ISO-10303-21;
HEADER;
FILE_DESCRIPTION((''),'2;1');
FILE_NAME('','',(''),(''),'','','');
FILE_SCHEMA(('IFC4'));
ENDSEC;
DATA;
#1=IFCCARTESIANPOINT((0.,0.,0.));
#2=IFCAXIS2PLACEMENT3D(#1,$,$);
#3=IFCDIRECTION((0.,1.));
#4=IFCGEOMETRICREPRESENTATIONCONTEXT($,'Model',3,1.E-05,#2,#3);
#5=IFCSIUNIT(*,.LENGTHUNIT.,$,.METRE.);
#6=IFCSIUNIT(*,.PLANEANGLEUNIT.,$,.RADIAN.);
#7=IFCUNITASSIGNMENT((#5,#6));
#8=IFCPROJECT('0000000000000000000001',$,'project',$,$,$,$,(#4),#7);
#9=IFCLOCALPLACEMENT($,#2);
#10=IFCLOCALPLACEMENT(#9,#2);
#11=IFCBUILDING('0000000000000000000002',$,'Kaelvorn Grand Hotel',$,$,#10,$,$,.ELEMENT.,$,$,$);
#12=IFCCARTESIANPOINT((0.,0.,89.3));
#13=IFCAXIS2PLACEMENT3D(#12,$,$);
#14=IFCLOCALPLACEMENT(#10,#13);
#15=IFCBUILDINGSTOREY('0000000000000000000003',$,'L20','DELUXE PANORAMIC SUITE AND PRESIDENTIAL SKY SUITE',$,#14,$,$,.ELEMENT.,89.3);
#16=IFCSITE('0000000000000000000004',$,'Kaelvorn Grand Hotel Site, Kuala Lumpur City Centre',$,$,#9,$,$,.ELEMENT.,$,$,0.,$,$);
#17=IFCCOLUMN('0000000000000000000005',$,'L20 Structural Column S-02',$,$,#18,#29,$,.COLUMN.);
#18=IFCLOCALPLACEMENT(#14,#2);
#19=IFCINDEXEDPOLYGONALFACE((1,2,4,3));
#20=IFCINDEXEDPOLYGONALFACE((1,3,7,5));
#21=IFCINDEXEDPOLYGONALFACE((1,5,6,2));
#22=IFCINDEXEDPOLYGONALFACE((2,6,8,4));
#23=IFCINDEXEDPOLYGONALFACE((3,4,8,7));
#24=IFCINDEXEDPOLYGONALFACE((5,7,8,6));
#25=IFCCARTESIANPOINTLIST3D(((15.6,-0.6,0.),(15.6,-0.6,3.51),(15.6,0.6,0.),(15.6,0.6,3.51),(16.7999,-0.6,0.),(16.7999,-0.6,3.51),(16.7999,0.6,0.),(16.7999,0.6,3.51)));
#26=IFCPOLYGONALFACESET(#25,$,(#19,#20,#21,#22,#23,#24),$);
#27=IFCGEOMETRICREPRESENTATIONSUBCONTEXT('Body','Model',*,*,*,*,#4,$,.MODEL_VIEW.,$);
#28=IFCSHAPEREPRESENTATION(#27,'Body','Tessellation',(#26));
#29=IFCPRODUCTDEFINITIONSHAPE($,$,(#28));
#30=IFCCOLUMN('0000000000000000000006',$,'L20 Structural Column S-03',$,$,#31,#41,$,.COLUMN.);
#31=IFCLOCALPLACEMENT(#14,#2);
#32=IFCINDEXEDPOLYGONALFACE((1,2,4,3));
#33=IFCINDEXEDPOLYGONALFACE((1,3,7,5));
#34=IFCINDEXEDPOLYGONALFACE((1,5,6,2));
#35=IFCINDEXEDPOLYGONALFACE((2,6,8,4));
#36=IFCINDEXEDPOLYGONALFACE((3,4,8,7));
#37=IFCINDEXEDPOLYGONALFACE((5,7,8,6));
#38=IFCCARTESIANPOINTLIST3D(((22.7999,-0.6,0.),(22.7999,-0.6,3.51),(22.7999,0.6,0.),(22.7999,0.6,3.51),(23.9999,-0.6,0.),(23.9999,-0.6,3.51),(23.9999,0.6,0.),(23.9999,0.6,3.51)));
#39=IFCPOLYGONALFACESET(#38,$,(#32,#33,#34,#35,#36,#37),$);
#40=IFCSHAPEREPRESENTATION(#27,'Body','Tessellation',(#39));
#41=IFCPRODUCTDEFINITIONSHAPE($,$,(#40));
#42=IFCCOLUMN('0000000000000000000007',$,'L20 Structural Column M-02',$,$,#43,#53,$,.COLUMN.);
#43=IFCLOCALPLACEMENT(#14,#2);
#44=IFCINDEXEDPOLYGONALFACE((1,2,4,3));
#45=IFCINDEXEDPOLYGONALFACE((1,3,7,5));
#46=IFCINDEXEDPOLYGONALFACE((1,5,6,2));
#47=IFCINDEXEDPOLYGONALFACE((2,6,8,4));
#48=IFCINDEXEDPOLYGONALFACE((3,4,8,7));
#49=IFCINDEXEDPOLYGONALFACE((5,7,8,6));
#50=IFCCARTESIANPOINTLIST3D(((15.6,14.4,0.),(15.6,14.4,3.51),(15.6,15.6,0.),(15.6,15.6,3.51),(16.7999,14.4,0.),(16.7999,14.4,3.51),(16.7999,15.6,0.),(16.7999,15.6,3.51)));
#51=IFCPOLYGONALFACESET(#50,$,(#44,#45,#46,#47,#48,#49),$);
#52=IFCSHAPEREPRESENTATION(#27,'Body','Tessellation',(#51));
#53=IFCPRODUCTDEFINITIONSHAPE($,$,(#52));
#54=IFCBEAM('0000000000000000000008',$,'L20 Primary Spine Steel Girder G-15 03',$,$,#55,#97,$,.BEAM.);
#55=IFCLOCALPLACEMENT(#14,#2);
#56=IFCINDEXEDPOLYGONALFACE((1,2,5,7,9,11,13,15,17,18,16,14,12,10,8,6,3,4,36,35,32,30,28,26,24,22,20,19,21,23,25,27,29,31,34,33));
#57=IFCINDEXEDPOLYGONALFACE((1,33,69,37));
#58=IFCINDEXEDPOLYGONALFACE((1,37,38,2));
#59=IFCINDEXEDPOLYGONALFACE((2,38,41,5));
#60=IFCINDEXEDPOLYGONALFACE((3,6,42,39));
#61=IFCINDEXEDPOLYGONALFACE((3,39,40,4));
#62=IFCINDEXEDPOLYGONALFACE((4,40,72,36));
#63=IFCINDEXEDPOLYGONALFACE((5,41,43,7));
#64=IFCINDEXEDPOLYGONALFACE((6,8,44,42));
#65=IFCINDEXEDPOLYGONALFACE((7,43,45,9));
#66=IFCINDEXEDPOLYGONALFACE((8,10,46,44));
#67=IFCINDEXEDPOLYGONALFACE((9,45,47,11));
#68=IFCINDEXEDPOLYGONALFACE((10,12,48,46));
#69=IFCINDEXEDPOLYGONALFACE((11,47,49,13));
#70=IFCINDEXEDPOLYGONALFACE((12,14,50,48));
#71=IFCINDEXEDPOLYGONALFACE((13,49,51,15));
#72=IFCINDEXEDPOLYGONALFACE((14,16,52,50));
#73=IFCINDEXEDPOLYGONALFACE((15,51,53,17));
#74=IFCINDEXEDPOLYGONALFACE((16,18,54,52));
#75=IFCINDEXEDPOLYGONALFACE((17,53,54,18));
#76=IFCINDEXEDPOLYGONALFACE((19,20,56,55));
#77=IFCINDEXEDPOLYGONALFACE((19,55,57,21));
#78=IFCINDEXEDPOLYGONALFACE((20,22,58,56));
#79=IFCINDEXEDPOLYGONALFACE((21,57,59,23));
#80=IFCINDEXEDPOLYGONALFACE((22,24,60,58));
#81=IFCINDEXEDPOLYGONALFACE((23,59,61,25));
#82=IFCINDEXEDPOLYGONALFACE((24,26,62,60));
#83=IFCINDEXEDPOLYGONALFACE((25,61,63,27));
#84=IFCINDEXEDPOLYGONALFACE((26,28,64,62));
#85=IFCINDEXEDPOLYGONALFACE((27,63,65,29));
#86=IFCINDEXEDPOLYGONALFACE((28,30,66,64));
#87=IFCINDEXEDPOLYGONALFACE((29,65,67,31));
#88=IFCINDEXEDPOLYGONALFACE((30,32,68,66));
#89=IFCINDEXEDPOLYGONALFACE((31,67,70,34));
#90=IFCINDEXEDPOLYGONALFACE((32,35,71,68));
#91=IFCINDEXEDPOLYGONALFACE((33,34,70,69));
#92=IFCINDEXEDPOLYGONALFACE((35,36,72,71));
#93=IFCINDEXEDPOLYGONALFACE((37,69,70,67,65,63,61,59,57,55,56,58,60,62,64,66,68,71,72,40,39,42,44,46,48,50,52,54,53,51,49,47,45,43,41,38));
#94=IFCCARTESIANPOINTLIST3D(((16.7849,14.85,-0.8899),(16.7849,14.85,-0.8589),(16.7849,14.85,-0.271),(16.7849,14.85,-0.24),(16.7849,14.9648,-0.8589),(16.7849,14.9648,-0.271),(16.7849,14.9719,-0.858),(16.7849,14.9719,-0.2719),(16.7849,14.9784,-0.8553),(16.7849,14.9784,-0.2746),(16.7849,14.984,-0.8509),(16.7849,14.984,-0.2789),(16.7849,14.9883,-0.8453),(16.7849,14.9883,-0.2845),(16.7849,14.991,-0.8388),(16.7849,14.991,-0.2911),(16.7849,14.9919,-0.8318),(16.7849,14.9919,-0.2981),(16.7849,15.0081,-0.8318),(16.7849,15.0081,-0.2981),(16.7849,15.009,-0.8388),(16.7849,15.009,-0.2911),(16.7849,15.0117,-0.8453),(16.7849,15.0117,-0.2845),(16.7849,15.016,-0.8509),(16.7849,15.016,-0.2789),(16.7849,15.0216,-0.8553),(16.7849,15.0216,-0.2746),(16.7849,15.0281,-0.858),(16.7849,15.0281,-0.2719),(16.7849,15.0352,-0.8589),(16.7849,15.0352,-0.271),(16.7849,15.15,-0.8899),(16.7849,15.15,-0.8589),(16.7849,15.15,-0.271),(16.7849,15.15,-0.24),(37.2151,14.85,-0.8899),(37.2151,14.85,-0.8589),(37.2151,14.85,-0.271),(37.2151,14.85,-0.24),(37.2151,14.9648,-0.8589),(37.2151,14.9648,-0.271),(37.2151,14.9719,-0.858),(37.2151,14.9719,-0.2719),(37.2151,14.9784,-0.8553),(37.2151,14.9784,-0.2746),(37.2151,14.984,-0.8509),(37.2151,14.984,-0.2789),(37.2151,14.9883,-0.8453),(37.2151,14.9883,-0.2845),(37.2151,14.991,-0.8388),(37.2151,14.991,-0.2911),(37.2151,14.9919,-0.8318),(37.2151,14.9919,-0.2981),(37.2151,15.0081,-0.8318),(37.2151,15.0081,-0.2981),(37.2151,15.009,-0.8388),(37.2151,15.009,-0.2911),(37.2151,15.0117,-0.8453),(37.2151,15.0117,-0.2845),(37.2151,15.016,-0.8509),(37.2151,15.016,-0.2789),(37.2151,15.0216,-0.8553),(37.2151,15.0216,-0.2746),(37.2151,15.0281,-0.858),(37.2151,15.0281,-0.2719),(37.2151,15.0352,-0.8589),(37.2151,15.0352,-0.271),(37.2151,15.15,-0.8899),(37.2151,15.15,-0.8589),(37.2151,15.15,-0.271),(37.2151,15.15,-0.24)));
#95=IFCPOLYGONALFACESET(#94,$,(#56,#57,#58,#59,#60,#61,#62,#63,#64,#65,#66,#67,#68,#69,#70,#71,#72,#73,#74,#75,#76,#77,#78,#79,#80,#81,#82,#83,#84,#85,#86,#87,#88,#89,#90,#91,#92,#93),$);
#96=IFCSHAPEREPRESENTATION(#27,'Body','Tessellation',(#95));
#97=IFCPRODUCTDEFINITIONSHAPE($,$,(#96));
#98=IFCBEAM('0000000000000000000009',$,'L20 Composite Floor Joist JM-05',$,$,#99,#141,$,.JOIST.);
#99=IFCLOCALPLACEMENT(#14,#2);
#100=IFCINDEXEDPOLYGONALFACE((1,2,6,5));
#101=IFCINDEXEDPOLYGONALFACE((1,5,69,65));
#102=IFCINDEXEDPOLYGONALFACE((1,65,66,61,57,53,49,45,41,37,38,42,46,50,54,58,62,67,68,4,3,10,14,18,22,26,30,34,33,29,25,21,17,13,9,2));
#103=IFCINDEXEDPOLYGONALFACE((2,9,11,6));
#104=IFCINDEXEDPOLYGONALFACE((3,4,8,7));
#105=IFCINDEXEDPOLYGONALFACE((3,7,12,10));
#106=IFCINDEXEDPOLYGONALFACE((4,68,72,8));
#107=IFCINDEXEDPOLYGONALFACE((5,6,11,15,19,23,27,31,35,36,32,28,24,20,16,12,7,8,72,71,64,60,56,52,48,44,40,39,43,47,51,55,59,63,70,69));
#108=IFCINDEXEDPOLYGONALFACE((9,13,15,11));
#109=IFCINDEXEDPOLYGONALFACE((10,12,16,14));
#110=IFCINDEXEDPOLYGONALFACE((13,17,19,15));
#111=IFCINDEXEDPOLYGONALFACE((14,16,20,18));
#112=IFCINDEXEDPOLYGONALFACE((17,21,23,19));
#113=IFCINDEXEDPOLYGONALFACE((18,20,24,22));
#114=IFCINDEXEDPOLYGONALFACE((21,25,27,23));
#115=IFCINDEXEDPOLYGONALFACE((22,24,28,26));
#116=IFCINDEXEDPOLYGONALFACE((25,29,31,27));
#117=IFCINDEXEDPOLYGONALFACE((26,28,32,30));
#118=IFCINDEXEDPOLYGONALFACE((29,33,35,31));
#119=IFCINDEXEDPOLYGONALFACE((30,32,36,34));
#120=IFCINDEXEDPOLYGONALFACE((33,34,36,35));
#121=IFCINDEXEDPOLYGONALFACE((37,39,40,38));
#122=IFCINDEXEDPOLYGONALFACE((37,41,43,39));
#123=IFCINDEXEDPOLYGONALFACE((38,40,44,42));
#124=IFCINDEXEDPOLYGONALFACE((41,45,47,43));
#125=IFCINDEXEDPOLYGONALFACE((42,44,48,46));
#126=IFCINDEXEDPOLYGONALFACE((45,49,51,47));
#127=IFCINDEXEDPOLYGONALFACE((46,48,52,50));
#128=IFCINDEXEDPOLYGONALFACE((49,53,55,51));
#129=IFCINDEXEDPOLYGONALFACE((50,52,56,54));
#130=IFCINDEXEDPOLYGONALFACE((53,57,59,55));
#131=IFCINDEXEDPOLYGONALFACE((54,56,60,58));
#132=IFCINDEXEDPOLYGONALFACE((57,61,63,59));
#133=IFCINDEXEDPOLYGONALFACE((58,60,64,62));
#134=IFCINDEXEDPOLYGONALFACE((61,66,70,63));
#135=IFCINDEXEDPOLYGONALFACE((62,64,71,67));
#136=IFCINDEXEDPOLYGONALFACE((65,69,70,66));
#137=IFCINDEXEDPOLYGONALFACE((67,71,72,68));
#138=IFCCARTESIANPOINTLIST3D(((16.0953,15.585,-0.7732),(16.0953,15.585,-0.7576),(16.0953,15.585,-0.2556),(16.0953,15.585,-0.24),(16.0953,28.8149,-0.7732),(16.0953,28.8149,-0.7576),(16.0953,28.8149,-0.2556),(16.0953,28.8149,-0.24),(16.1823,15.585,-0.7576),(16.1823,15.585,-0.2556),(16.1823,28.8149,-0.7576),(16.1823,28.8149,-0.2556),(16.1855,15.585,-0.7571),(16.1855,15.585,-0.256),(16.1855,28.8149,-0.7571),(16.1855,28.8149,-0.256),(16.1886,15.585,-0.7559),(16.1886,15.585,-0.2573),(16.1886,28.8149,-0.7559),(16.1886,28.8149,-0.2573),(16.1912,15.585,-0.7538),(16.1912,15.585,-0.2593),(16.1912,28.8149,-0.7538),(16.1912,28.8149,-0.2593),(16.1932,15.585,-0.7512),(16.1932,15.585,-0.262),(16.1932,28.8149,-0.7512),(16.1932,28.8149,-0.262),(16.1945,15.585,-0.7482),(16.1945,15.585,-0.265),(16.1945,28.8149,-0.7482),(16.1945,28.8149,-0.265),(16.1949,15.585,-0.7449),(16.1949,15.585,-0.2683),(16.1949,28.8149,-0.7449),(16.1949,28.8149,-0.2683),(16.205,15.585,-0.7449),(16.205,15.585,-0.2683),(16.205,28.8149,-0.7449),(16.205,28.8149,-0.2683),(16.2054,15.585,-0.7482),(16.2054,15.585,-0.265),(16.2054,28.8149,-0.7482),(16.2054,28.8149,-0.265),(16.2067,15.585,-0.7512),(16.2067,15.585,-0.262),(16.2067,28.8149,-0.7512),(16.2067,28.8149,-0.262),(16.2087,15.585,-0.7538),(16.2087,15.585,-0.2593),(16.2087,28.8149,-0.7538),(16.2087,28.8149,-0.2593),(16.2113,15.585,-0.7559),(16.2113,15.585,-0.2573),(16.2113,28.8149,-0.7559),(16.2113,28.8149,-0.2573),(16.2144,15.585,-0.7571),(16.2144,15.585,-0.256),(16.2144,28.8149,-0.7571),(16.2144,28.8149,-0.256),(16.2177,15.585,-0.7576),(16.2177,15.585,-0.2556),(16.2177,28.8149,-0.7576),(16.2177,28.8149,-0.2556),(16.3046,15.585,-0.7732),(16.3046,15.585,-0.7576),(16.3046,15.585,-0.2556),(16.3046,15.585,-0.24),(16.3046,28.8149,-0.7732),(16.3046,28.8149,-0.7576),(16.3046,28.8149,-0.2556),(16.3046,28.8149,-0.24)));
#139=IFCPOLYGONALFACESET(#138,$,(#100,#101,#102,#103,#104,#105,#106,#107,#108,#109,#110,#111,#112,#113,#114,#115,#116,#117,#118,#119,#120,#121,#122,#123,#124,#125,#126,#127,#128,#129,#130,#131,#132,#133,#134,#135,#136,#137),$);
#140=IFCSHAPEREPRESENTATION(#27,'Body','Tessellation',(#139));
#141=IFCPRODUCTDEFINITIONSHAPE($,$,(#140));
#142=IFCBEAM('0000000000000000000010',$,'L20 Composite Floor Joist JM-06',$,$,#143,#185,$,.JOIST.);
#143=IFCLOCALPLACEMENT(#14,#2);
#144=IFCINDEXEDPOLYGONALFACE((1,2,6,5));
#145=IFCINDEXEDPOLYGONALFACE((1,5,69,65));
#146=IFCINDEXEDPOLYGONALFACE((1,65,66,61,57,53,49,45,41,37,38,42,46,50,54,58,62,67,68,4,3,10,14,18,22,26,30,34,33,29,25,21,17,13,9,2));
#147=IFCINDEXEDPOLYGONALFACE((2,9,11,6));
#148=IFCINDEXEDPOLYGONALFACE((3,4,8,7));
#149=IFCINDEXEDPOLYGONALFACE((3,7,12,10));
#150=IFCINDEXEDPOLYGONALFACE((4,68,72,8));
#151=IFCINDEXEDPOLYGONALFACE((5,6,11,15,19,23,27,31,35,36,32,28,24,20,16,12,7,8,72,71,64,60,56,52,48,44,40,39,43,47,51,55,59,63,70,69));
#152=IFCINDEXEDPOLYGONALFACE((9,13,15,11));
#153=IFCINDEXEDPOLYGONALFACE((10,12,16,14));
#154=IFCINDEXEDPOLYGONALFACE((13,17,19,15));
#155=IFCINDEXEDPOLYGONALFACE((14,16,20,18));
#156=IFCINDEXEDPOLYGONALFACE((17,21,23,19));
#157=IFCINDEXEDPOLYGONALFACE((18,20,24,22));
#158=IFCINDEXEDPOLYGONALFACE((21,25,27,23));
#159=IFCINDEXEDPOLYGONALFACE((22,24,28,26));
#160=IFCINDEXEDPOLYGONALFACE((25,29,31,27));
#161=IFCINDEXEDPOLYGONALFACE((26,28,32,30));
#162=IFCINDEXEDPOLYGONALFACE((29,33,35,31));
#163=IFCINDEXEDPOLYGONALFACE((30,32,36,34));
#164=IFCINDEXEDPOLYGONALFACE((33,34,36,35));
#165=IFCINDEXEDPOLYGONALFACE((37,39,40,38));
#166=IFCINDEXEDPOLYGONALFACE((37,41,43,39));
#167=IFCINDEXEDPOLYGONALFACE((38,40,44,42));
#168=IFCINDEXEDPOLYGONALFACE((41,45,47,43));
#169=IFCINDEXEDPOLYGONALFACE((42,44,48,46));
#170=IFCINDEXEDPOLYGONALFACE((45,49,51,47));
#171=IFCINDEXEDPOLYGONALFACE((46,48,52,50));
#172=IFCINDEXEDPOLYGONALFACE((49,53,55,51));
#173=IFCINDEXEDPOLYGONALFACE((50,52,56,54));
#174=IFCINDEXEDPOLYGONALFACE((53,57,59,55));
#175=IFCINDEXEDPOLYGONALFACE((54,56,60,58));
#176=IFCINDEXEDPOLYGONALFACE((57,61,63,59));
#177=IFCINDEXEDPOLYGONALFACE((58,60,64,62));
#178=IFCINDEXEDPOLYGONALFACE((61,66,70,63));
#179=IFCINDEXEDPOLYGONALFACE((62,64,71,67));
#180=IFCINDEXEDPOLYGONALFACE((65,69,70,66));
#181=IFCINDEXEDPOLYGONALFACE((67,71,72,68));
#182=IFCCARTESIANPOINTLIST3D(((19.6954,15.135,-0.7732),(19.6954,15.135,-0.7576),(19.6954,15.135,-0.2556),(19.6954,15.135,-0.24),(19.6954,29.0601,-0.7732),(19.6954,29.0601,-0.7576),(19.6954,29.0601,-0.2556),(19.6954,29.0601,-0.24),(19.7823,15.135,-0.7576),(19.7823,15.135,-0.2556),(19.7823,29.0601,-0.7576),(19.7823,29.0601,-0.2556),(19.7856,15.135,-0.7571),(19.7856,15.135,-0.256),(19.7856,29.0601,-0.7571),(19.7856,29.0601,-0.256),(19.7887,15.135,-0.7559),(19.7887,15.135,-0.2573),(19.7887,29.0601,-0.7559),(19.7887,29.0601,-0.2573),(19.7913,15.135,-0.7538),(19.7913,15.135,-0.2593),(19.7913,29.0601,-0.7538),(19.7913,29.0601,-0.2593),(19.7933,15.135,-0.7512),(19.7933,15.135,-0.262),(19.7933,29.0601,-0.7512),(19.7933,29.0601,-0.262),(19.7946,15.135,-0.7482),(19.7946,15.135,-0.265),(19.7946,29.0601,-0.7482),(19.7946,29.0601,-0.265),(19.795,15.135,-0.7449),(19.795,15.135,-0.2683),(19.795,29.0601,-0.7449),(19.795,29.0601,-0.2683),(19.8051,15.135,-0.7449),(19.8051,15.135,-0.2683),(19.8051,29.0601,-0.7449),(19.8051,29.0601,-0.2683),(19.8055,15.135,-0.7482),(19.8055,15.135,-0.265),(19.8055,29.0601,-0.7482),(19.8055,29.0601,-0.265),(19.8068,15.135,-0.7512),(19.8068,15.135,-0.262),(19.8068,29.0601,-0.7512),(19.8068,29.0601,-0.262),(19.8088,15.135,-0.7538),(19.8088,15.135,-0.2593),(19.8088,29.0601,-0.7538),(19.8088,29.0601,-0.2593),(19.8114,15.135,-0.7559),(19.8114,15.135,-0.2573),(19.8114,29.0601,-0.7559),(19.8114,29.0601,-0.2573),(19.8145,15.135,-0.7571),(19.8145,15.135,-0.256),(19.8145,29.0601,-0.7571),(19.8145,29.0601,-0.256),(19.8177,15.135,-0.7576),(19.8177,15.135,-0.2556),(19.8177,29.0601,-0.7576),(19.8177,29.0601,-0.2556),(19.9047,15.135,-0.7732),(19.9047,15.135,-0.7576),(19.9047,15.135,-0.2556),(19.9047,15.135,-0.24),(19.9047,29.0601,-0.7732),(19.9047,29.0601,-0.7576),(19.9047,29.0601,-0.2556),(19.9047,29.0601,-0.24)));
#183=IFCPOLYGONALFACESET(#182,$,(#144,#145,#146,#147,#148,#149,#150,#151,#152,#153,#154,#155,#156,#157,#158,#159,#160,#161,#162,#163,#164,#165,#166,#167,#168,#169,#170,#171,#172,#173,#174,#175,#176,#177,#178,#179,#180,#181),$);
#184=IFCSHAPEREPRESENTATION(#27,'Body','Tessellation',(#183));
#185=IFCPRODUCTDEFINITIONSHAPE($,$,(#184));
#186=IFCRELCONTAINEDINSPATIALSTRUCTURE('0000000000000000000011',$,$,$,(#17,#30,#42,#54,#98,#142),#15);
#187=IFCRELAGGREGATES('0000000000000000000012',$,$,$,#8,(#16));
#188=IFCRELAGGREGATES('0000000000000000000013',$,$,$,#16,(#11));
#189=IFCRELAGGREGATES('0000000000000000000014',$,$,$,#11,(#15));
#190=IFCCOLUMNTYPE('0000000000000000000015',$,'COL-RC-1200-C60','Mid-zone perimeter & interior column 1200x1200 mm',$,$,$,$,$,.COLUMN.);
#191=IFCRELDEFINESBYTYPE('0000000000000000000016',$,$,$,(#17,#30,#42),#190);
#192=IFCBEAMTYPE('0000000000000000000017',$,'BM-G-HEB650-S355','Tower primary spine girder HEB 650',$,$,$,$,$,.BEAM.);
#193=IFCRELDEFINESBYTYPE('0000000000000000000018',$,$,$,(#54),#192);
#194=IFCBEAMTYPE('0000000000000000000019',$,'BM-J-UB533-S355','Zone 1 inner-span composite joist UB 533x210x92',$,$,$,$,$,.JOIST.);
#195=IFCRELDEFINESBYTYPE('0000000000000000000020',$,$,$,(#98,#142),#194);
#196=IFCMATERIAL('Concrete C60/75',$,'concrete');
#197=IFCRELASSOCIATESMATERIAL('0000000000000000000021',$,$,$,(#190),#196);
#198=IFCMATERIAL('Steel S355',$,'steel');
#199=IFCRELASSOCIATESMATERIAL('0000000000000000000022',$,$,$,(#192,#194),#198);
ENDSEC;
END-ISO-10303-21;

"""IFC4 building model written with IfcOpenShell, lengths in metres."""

from ifc_helpers import new_model, si_unit, direction, frame, origin, origin_2d, place, context, subcontext, project, spatial, rectangle, i_section, extrude, material, material_profile, profile_set, type_object, element, save


model = new_model("IFC4")

# Units and contexts
model_context = context("Model", 3, precision=1e-05, world=origin(), true_north=direction((0.0, 1.0)))
body_context = subcontext(model_context, "Body", "Model", "MODEL_VIEW")
ifc_project = project(units=[si_unit("LENGTHUNIT", "METRE"), si_unit("PLANEANGLEUNIT", "RADIAN")], contexts=[model_context])

# Site, building, storey
site_placement = place(None, origin())
site = spatial("IfcSite", under=ifc_project, at=site_placement, Name="Kaelvorn Grand Hotel Site, Kuala Lumpur City Centre", CompositionType="ELEMENT", RefElevation=0.0)
building_placement = place(site_placement, origin())
building = spatial("IfcBuilding", under=site, at=building_placement, Name="Kaelvorn Grand Hotel", CompositionType="ELEMENT")
storey_placement = place(building_placement, frame((0.0, 0.0, 89.3)))
storey = spatial("IfcBuildingStorey", under=building, at=storey_placement, Name="L20", Description="DELUXE PANORAMIC SUITE AND PRESIDENTIAL SKY SUITE", CompositionType="ELEMENT", Elevation=89.3)

# Columns
ifc_material_1 = material(Name="Concrete C60/75", Category="concrete")
ifc_material_profile_1 = material_profile(ifc_material_1, rectangle(XDim=1.2, YDim=1.2, at=origin_2d()), Name="RC COL 1200x1200")
ifc_profile_set_1 = profile_set([ifc_material_profile_1], Name="Concrete C60/75")
column_type = type_object("IfcColumnType", Name="COL-RC-1200-C60", Description="Mid-zone perimeter & interior column 1200x1200 mm", PredefinedType="COLUMN", material=ifc_profile_set_1)
for number, where, z_axis, x_axis, name in (
    (1, (16.2, 0.0, 0.0), (0.0, 0.0, 1.0), (1.0, 0.0, 0.0), "L20 Structural Column S-02"),
    (2, (23.3999, 0.0, 0.0), (0.0, 0.0, 1.0), (1.0, 0.0, 0.0), "L20 Structural Column S-03"),
    (3, (16.2, 15.0, 0.0), (0.0, 0.0, 1.0), (1.0, 0.0, 0.0), "L20 Structural Column M-02"),
):
    element("IfcColumn", number, at=place(storey_placement, frame(where, z_axis=z_axis, x_axis=x_axis)), inside=storey, type_object=column_type, Name=name, PredefinedType="COLUMN", context=body_context, shape_type="SweptSolid", body=[
        extrude(rectangle(XDim=1.2, YDim=1.2, at=origin_2d()), origin(), (0.0, 0.0, 1.0), 3.51),
    ])

# Beams
ifc_material_2 = material(Name="Steel S355", Category="steel")
ifc_material_profile_2 = material_profile(ifc_material_2, i_section(OverallWidth=0.3, OverallDepth=0.6499, WebThickness=0.0161, FlangeThickness=0.031, FilletRadius=0.0271, at=origin_2d()), Name="HEB 650")
ifc_profile_set_2 = profile_set([ifc_material_profile_2], Name="Steel S355")
beam_type_1 = type_object("IfcBeamType", Name="BM-G-HEB650-S355", Description="Tower primary spine girder HEB 650", PredefinedType="BEAM", material=ifc_profile_set_2)
beam_1_placement = place(storey_placement, frame((16.7849, 15.0, -0.5649), z_axis=(1.0, 0.0, 0.0), x_axis=(0.0, 1.0, 0.0)))
element("IfcBeam", 4, at=beam_1_placement, inside=storey, type_object=beam_type_1, Name="L20 Primary Spine Steel Girder G-15 03", PredefinedType="BEAM", context=body_context, shape_type="SweptSolid", body=[
    extrude(i_section(OverallWidth=0.3, OverallDepth=0.6499, WebThickness=0.0161, FlangeThickness=0.031, FilletRadius=0.0271, at=origin_2d()), origin(), (0.0, 0.0, 1.0), 20.4302),
])
ifc_material_profile_3 = material_profile(ifc_material_2, i_section(OverallWidth=0.2092, OverallDepth=0.5332, WebThickness=0.01, FlangeThickness=0.0156, FilletRadius=0.0127, at=origin_2d()), Name="UB 533x210x92")
ifc_profile_set_3 = profile_set([ifc_material_profile_3], Name="Steel S355")
beam_type_2 = type_object("IfcBeamType", Name="BM-J-UB533-S355", Description="Zone 1 inner-span composite joist UB 533x210x92", PredefinedType="JOIST", material=ifc_profile_set_3)
beam_2_placement = place(storey_placement, frame((16.2, 15.585, -0.5066), z_axis=(0.0, 1.0, 0.0), x_axis=(-1.0, 0.0, 0.0)))
element("IfcBeam", 5, at=beam_2_placement, inside=storey, type_object=beam_type_2, Name="L20 Composite Floor Joist JM-05", PredefinedType="JOIST", context=body_context, shape_type="SweptSolid", body=[
    extrude(i_section(OverallWidth=0.2092, OverallDepth=0.5332, WebThickness=0.01, FlangeThickness=0.0156, FilletRadius=0.0127, at=origin_2d()), origin(), (0.0, 0.0, 1.0), 13.23),
])
beam_3_placement = place(storey_placement, frame((19.8, 15.135, -0.5066), z_axis=(0.0, 1.0, 0.0), x_axis=(-1.0, 0.0, 0.0)))
element("IfcBeam", 6, at=beam_3_placement, inside=storey, type_object=beam_type_2, Name="L20 Composite Floor Joist JM-06", PredefinedType="JOIST", context=body_context, shape_type="SweptSolid", body=[
    extrude(i_section(OverallWidth=0.2092, OverallDepth=0.5332, WebThickness=0.01, FlangeThickness=0.0156, FilletRadius=0.0127, at=origin_2d()), origin(), (0.0, 0.0, 1.0), 13.925),
])

save(model, "model.ifc")
